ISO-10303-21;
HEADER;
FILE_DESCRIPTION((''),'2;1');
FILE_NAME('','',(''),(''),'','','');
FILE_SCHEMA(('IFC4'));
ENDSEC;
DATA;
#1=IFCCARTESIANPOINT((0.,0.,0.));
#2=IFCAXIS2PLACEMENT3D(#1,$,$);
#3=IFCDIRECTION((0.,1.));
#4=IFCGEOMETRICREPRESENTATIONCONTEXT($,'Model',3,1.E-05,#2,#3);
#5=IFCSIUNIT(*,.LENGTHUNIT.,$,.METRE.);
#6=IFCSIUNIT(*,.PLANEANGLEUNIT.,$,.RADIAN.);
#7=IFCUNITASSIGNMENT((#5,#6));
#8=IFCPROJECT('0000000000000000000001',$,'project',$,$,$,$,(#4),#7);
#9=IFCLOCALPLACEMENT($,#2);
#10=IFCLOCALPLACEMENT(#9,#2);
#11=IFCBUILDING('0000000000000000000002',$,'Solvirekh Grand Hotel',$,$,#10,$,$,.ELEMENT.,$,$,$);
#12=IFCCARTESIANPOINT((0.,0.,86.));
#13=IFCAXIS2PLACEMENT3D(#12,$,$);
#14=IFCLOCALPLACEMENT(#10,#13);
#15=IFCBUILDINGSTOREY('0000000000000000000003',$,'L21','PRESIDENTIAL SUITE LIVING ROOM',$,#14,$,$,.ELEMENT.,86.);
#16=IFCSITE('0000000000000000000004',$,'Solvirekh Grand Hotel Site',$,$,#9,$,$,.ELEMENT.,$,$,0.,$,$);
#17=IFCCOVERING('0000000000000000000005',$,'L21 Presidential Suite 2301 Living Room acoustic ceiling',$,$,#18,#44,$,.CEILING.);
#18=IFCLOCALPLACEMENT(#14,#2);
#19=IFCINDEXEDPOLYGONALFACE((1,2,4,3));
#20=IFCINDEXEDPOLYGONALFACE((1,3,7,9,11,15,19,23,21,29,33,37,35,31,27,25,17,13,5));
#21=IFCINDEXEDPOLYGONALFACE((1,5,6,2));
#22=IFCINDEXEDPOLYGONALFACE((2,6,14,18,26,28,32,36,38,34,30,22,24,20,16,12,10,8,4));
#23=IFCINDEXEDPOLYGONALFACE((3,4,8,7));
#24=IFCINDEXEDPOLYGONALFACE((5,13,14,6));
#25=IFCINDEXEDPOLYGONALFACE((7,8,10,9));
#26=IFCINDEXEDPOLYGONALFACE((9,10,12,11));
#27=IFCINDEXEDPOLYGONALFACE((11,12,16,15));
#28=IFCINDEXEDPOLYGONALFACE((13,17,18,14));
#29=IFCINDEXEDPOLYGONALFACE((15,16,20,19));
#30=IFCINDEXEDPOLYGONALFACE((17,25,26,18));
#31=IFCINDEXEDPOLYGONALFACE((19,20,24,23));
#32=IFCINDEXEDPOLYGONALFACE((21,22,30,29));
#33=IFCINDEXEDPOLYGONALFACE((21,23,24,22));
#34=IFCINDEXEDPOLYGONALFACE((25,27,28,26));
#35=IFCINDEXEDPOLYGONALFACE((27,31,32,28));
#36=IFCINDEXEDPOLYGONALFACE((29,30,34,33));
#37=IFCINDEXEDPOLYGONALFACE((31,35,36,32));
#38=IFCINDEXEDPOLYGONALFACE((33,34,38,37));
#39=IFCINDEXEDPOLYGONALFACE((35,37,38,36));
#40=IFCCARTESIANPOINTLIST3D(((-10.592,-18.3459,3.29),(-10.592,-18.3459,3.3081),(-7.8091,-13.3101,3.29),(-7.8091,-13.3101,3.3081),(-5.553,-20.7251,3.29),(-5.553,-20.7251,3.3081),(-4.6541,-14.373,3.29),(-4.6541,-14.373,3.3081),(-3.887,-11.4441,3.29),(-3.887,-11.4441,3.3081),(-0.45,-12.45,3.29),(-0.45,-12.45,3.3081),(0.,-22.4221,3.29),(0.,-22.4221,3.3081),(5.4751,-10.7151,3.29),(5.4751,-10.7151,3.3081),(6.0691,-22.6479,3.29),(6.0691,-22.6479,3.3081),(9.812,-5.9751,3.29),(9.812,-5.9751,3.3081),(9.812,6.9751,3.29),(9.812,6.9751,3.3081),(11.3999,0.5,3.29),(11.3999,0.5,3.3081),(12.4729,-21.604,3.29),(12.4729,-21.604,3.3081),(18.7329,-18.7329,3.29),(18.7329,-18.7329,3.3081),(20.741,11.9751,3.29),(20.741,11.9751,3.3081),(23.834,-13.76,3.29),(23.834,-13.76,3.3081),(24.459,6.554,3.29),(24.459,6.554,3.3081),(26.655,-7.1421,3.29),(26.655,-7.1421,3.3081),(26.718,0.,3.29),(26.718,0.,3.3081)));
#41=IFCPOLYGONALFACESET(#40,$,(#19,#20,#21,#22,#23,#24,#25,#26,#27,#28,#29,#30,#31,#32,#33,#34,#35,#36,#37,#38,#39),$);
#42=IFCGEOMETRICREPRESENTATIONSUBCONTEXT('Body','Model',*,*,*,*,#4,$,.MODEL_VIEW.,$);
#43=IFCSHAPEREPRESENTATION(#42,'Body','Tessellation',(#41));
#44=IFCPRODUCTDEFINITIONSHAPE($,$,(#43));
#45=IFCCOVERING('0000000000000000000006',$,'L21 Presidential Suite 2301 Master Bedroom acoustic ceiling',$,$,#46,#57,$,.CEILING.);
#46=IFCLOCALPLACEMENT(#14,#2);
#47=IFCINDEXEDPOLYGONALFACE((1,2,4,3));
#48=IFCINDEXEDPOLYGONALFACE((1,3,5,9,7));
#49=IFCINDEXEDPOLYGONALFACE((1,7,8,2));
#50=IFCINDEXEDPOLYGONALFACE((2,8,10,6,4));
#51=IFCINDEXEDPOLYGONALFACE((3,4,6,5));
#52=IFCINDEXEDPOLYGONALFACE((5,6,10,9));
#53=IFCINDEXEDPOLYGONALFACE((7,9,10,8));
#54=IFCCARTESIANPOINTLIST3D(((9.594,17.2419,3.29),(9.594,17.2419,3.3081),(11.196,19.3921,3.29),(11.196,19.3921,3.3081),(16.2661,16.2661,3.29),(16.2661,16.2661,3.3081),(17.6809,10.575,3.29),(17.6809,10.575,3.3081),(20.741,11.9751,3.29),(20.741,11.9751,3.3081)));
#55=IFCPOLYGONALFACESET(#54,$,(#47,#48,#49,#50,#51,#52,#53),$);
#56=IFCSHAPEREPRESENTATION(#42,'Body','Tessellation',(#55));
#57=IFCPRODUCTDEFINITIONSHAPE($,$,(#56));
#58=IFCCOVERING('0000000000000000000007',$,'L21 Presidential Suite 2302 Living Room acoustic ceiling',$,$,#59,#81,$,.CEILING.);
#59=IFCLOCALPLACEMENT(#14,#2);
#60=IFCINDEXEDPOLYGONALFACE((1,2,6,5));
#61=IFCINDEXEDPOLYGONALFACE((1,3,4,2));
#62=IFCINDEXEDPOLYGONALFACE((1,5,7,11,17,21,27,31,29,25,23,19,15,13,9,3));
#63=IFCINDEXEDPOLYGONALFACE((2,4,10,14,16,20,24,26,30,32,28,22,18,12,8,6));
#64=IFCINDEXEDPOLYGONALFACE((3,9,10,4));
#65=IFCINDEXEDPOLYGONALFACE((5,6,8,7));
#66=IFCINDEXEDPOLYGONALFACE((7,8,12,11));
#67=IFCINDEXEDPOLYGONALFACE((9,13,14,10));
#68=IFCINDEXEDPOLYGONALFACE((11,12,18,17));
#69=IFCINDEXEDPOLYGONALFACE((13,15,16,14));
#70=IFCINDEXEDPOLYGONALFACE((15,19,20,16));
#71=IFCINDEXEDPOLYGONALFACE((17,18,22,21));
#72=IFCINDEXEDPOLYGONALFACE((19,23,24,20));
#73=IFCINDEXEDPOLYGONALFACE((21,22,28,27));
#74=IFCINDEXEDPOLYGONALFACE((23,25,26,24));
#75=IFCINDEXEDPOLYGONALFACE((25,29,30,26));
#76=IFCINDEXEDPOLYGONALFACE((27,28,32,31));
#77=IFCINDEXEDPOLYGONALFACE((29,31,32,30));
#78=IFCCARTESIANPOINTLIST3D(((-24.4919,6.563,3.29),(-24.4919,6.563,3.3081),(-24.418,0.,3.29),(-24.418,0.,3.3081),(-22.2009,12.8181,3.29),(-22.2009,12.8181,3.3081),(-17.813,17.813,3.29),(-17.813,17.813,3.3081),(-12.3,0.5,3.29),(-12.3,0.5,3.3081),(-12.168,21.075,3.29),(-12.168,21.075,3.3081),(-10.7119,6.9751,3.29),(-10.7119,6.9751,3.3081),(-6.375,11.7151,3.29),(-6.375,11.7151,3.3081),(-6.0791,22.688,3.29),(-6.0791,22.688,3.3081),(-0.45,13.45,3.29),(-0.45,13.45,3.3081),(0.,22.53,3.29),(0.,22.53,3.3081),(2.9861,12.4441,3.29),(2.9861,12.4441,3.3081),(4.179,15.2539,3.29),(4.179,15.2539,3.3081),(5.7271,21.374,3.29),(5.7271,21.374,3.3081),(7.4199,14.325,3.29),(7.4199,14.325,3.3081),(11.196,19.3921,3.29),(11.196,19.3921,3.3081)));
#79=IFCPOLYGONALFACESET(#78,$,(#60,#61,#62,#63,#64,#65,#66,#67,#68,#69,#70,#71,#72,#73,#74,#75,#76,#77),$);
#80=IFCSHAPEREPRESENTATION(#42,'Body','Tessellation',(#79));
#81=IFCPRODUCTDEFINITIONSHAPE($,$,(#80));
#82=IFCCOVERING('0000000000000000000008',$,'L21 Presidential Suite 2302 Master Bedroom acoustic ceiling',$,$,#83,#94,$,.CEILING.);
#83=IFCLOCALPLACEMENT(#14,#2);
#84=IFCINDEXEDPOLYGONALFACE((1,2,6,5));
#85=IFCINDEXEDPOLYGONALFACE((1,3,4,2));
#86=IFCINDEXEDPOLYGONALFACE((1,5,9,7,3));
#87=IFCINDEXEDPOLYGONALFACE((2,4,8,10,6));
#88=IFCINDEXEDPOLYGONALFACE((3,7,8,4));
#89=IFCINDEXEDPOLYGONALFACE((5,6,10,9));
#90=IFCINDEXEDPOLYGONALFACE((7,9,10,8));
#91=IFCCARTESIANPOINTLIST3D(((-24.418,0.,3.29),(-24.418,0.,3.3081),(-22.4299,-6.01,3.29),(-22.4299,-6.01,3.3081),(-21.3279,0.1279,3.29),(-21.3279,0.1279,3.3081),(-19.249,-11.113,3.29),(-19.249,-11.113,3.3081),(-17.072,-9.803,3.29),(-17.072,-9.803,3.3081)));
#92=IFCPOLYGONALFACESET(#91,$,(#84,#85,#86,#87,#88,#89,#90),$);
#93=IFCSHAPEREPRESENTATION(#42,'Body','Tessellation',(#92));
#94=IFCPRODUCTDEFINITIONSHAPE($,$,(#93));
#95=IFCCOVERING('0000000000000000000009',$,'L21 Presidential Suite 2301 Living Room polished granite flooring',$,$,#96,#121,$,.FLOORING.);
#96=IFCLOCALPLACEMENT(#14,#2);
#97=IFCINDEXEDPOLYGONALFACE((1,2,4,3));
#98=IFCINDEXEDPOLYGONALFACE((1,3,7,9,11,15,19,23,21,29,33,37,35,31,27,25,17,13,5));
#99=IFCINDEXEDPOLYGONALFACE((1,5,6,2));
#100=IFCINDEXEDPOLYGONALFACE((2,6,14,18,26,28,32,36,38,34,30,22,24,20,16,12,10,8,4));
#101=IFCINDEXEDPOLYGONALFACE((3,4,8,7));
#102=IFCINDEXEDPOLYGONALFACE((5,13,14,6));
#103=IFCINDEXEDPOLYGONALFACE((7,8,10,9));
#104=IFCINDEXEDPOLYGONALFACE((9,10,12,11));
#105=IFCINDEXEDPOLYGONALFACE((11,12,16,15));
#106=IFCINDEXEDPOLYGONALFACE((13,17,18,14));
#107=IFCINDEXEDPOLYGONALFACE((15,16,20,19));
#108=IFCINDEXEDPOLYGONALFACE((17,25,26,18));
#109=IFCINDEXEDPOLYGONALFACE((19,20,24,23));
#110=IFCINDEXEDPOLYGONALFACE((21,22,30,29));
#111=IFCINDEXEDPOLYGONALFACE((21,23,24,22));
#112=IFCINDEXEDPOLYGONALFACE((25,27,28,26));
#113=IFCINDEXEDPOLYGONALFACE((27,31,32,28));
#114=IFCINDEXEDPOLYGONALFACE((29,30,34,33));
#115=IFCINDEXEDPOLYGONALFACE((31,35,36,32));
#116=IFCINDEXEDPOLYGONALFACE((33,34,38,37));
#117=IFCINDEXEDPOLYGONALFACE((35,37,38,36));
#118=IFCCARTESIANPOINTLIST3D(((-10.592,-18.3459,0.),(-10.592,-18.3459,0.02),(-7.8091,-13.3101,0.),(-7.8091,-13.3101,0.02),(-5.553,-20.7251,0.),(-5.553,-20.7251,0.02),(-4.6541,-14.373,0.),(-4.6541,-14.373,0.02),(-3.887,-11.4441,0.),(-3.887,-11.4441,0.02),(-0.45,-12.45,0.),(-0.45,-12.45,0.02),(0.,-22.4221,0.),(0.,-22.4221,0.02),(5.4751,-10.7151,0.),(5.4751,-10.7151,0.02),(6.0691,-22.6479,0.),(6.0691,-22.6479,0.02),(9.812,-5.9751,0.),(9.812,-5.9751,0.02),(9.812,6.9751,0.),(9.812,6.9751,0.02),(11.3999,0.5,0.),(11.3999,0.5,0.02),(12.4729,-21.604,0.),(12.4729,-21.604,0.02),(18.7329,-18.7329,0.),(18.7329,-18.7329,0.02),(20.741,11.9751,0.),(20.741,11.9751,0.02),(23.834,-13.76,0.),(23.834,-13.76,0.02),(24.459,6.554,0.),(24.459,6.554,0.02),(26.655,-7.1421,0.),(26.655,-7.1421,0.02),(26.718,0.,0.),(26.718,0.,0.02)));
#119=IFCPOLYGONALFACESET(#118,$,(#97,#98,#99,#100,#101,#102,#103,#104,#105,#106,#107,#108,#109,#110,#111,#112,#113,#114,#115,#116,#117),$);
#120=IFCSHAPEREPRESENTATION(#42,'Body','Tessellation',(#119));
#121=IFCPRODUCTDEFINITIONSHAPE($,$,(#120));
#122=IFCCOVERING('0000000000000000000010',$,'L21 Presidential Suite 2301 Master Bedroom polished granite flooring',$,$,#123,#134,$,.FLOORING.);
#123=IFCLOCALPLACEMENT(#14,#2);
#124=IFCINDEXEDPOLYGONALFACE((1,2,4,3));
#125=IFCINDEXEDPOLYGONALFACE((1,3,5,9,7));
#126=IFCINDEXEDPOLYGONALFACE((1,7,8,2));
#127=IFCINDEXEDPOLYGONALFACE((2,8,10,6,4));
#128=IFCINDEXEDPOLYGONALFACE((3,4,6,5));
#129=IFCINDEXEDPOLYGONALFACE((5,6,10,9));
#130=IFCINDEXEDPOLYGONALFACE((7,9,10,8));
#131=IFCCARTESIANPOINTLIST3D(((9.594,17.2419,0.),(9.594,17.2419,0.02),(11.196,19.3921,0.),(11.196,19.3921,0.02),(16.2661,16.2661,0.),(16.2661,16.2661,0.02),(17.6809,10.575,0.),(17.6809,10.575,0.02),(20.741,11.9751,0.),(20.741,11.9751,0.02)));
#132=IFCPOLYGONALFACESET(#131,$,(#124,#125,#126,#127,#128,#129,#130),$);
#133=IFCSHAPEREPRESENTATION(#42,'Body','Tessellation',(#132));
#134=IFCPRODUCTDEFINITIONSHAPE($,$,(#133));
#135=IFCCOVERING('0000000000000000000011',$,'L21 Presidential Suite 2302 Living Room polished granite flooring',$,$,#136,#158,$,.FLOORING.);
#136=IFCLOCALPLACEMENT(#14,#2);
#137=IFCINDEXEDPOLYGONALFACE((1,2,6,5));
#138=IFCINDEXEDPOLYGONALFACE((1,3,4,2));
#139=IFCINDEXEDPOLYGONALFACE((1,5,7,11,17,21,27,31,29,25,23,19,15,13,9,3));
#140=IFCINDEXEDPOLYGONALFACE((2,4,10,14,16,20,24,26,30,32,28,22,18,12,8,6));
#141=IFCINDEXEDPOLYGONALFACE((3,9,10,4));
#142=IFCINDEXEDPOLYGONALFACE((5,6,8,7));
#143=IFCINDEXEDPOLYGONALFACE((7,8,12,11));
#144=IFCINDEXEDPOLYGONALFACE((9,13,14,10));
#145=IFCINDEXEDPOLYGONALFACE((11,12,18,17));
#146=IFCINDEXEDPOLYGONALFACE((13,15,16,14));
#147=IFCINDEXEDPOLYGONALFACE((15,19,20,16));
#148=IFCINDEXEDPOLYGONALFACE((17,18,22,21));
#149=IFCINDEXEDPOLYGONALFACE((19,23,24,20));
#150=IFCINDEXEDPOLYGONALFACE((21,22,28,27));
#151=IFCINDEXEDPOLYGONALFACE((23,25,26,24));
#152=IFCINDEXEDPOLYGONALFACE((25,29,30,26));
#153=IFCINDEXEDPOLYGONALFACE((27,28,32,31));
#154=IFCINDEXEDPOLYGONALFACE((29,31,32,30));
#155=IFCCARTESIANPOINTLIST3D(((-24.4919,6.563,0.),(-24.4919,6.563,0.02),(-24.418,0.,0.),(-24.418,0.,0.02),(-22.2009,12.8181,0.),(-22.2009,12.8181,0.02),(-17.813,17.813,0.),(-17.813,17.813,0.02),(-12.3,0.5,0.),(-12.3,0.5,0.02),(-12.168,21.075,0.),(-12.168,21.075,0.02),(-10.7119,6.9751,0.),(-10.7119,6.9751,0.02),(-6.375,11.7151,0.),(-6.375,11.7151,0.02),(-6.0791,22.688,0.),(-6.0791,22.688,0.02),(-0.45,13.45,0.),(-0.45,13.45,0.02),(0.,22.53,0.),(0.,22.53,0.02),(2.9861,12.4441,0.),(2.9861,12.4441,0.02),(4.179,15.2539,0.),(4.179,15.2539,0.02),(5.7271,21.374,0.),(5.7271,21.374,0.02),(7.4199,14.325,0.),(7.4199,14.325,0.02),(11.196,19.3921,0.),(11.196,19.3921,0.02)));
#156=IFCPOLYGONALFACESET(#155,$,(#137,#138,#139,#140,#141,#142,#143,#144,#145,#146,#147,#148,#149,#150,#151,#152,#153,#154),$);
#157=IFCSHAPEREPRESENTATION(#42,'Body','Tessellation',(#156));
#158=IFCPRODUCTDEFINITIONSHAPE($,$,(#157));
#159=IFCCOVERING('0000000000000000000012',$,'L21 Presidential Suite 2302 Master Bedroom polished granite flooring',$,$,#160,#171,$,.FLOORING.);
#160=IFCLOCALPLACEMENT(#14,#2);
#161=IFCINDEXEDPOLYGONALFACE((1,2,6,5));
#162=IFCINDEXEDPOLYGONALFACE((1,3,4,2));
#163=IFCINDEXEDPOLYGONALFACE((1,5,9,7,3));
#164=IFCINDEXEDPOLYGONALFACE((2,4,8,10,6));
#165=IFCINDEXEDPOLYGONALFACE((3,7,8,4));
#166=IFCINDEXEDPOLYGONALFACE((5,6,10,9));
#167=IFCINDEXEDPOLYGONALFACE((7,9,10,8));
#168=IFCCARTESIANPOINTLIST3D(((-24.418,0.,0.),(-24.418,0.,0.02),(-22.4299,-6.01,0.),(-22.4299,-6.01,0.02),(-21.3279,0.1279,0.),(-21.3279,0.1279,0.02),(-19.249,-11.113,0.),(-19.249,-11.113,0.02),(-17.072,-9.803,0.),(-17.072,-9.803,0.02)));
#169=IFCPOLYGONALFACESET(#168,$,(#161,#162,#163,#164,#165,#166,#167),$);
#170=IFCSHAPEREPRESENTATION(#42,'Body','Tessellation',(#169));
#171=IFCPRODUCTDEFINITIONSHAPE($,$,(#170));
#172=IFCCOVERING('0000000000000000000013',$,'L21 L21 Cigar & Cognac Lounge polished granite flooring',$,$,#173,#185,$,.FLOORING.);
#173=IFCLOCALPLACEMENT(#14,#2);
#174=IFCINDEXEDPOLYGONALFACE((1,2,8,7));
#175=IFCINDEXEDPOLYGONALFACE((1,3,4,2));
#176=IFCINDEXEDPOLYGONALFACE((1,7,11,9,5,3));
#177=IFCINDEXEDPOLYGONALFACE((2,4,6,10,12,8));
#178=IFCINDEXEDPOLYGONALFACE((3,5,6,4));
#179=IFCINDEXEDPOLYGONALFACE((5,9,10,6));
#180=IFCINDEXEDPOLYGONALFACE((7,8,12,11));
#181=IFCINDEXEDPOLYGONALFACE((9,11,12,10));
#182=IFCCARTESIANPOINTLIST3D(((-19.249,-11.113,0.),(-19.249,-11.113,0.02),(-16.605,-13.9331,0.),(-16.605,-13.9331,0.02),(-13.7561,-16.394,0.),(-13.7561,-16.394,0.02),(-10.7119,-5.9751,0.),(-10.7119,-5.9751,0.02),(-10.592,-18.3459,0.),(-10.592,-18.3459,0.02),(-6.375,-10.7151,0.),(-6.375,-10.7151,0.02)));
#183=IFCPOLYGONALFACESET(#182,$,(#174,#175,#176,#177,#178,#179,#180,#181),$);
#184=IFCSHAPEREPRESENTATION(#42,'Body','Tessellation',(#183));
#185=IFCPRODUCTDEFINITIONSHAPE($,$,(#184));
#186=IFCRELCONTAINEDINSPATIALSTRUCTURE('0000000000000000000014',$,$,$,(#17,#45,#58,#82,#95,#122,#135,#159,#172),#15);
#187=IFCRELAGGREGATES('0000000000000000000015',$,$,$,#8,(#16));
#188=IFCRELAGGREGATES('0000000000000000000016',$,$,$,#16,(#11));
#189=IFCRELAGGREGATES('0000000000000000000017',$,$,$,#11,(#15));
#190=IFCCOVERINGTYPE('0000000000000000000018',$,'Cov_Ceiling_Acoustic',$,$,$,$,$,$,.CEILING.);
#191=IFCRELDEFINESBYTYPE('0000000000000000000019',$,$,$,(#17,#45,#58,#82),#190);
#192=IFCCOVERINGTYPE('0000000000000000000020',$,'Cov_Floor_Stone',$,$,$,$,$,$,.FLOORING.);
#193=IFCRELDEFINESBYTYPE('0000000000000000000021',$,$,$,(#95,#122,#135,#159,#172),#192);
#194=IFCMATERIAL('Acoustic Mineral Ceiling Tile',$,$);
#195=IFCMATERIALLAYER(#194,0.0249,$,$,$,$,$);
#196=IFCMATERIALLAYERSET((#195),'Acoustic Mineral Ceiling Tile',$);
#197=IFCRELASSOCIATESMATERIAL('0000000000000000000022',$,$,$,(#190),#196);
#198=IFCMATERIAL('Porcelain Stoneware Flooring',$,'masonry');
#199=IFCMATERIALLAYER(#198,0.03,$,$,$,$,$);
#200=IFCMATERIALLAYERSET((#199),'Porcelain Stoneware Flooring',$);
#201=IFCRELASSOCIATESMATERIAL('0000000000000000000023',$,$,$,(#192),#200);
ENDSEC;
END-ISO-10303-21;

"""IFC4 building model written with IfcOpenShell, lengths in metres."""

from ifc_helpers import new_model, si_unit, direction, frame, origin, place, context, subcontext, project, spatial, polyline, outline, extrude, material, layer, layer_set, type_object, element, save


model = new_model("IFC4")

# Units and contexts
model_context = context("Model", 3, precision=1e-05, world=origin(), true_north=direction((0.0, 1.0)))
body_context = subcontext(model_context, "Body", "Model", "MODEL_VIEW")
ifc_project = project(units=[si_unit("LENGTHUNIT", "METRE"), si_unit("PLANEANGLEUNIT", "RADIAN")], contexts=[model_context])

# Site, building, storey
site_placement = place(None, origin())
site = spatial("IfcSite", under=ifc_project, at=site_placement, Name="Solvirekh Grand Hotel Site", CompositionType="ELEMENT", RefElevation=0.0)
building_placement = place(site_placement, origin())
building = spatial("IfcBuilding", under=site, at=building_placement, Name="Solvirekh Grand Hotel", CompositionType="ELEMENT")
storey_placement = place(building_placement, frame((0.0, 0.0, 86.0)))
storey = spatial("IfcBuildingStorey", under=building, at=storey_placement, Name="L21", Description="PRESIDENTIAL SUITE LIVING ROOM", CompositionType="ELEMENT", Elevation=86.0)

# Coverings
ifc_material_1 = material(Name="Acoustic Mineral Ceiling Tile")
ifc_layer_1 = layer(ifc_material_1, 0.0249)
ifc_layer_set_1 = layer_set([ifc_layer_1], Name="Acoustic Mineral Ceiling Tile")
covering_type_1 = type_object("IfcCoveringType", Name="Cov_Ceiling_Acoustic", PredefinedType="CEILING", material=ifc_layer_set_1)
covering_1_placement = place(storey_placement, frame((0.0, 0.0, 3.29)))
element("IfcCovering", 1, at=covering_1_placement, inside=storey, type_object=covering_type_1, Name="L21 Presidential Suite 2301 Living Room acoustic ceiling", PredefinedType="CEILING", context=body_context, shape_type="SweptSolid", body=[
    extrude(outline(polyline([(-4.6541, -14.373), (-7.8091, -13.3101), (-10.592, -18.3459), (-5.553, -20.7251), (0.0, -22.4221), (6.0691, -22.6479), (12.4729, -21.604), (18.7329, -18.7329), (23.834, -13.76), (26.655, -7.1421), (26.718, 0.0), (24.459, 6.554), (20.741, 11.9751), (9.812, 6.9751), (11.3999, 0.5), (9.812, -5.9751), (5.4751, -10.7151), (-0.45, -12.45), (-3.887, -11.4441), (-4.6541, -14.373)])), origin(), (0.0, 0.0, 1.0), 0.0181),
])
covering_2_placement = place(storey_placement, frame((0.0, 0.0, 3.29)))
element("IfcCovering", 2, at=covering_2_placement, inside=storey, type_object=covering_type_1, Name="L21 Presidential Suite 2301 Master Bedroom acoustic ceiling", PredefinedType="CEILING", context=body_context, shape_type="SweptSolid", body=[
    extrude(outline(polyline([(20.741, 11.9751), (16.2661, 16.2661), (11.196, 19.3921), (9.594, 17.2419), (17.6809, 10.575), (20.741, 11.9751)])), origin(), (0.0, 0.0, 1.0), 0.0181),
])
covering_3_placement = place(storey_placement, frame((0.0, 0.0, 3.29)))
element("IfcCovering", 3, at=covering_3_placement, inside=storey, type_object=covering_type_1, Name="L21 Presidential Suite 2302 Living Room acoustic ceiling", PredefinedType="CEILING", context=body_context, shape_type="SweptSolid", body=[
    extrude(outline(polyline([(4.179, 15.2539), (7.4199, 14.325), (11.196, 19.3921), (5.7271, 21.374), (0.0, 22.53), (-6.0791, 22.688), (-12.168, 21.075), (-17.813, 17.813), (-22.2009, 12.8181), (-24.4919, 6.563), (-24.418, 0.0), (-12.3, 0.5), (-10.7119, 6.9751), (-6.375, 11.7151), (-0.45, 13.45), (2.9861, 12.4441), (4.179, 15.2539)])), origin(), (0.0, 0.0, 1.0), 0.0181),
])
covering_4_placement = place(storey_placement, frame((0.0, 0.0, 3.29)))
element("IfcCovering", 4, at=covering_4_placement, inside=storey, type_object=covering_type_1, Name="L21 Presidential Suite 2302 Master Bedroom acoustic ceiling", PredefinedType="CEILING", context=body_context, shape_type="SweptSolid", body=[
    extrude(outline(polyline([(-24.418, 0.0), (-22.4299, -6.01), (-19.249, -11.113), (-17.072, -9.803), (-21.3279, 0.1279), (-24.418, 0.0)])), origin(), (0.0, 0.0, 1.0), 0.0181),
])
ifc_material_2 = material(Name="Porcelain Stoneware Flooring", Category="masonry")
ifc_layer_2 = layer(ifc_material_2, 0.03)
ifc_layer_set_2 = layer_set([ifc_layer_2], Name="Porcelain Stoneware Flooring")
covering_type_2 = type_object("IfcCoveringType", Name="Cov_Floor_Stone", PredefinedType="FLOORING", material=ifc_layer_set_2)
covering_5_placement = place(storey_placement, origin())
element("IfcCovering", 5, at=covering_5_placement, inside=storey, type_object=covering_type_2, Name="L21 Presidential Suite 2301 Living Room polished granite flooring", PredefinedType="FLOORING", context=body_context, shape_type="SweptSolid", body=[
    extrude(outline(polyline([(-4.6541, -14.373), (-7.8091, -13.3101), (-10.592, -18.3459), (-5.553, -20.7251), (0.0, -22.4221), (6.0691, -22.6479), (12.4729, -21.604), (18.7329, -18.7329), (23.834, -13.76), (26.655, -7.1421), (26.718, 0.0), (24.459, 6.554), (20.741, 11.9751), (9.812, 6.9751), (11.3999, 0.5), (9.812, -5.9751), (5.4751, -10.7151), (-0.45, -12.45), (-3.887, -11.4441), (-4.6541, -14.373)])), origin(), (0.0, 0.0, 1.0), 0.02),
])
covering_6_placement = place(storey_placement, origin())
element("IfcCovering", 6, at=covering_6_placement, inside=storey, type_object=covering_type_2, Name="L21 Presidential Suite 2301 Master Bedroom polished granite flooring", PredefinedType="FLOORING", context=body_context, shape_type="SweptSolid", body=[
    extrude(outline(polyline([(20.741, 11.9751), (16.2661, 16.2661), (11.196, 19.3921), (9.594, 17.2419), (17.6809, 10.575), (20.741, 11.9751)])), origin(), (0.0, 0.0, 1.0), 0.02),
])
covering_7_placement = place(storey_placement, origin())
element("IfcCovering", 7, at=covering_7_placement, inside=storey, type_object=covering_type_2, Name="L21 Presidential Suite 2302 Living Room polished granite flooring", PredefinedType="FLOORING", context=body_context, shape_type="SweptSolid", body=[
    extrude(outline(polyline([(4.179, 15.2539), (7.4199, 14.325), (11.196, 19.3921), (5.7271, 21.374), (0.0, 22.53), (-6.0791, 22.688), (-12.168, 21.075), (-17.813, 17.813), (-22.2009, 12.8181), (-24.4919, 6.563), (-24.418, 0.0), (-12.3, 0.5), (-10.7119, 6.9751), (-6.375, 11.7151), (-0.45, 13.45), (2.9861, 12.4441), (4.179, 15.2539)])), origin(), (0.0, 0.0, 1.0), 0.02),
])
covering_8_placement = place(storey_placement, origin())
element("IfcCovering", 8, at=covering_8_placement, inside=storey, type_object=covering_type_2, Name="L21 Presidential Suite 2302 Master Bedroom polished granite flooring", PredefinedType="FLOORING", context=body_context, shape_type="SweptSolid", body=[
    extrude(outline(polyline([(-24.418, 0.0), (-22.4299, -6.01), (-19.249, -11.113), (-17.072, -9.803), (-21.3279, 0.1279), (-24.418, 0.0)])), origin(), (0.0, 0.0, 1.0), 0.02),
])
covering_9_placement = place(storey_placement, origin())
element("IfcCovering", 9, at=covering_9_placement, inside=storey, type_object=covering_type_2, Name="L21 L21 Cigar & Cognac Lounge polished granite flooring", PredefinedType="FLOORING", context=body_context, shape_type="SweptSolid", body=[
    extrude(outline(polyline([(-19.249, -11.113), (-16.605, -13.9331), (-13.7561, -16.394), (-10.592, -18.3459), (-6.375, -10.7151), (-10.7119, -5.9751), (-19.249, -11.113)])), origin(), (0.0, 0.0, 1.0), 0.02),
])

save(model, "model.ifc")
